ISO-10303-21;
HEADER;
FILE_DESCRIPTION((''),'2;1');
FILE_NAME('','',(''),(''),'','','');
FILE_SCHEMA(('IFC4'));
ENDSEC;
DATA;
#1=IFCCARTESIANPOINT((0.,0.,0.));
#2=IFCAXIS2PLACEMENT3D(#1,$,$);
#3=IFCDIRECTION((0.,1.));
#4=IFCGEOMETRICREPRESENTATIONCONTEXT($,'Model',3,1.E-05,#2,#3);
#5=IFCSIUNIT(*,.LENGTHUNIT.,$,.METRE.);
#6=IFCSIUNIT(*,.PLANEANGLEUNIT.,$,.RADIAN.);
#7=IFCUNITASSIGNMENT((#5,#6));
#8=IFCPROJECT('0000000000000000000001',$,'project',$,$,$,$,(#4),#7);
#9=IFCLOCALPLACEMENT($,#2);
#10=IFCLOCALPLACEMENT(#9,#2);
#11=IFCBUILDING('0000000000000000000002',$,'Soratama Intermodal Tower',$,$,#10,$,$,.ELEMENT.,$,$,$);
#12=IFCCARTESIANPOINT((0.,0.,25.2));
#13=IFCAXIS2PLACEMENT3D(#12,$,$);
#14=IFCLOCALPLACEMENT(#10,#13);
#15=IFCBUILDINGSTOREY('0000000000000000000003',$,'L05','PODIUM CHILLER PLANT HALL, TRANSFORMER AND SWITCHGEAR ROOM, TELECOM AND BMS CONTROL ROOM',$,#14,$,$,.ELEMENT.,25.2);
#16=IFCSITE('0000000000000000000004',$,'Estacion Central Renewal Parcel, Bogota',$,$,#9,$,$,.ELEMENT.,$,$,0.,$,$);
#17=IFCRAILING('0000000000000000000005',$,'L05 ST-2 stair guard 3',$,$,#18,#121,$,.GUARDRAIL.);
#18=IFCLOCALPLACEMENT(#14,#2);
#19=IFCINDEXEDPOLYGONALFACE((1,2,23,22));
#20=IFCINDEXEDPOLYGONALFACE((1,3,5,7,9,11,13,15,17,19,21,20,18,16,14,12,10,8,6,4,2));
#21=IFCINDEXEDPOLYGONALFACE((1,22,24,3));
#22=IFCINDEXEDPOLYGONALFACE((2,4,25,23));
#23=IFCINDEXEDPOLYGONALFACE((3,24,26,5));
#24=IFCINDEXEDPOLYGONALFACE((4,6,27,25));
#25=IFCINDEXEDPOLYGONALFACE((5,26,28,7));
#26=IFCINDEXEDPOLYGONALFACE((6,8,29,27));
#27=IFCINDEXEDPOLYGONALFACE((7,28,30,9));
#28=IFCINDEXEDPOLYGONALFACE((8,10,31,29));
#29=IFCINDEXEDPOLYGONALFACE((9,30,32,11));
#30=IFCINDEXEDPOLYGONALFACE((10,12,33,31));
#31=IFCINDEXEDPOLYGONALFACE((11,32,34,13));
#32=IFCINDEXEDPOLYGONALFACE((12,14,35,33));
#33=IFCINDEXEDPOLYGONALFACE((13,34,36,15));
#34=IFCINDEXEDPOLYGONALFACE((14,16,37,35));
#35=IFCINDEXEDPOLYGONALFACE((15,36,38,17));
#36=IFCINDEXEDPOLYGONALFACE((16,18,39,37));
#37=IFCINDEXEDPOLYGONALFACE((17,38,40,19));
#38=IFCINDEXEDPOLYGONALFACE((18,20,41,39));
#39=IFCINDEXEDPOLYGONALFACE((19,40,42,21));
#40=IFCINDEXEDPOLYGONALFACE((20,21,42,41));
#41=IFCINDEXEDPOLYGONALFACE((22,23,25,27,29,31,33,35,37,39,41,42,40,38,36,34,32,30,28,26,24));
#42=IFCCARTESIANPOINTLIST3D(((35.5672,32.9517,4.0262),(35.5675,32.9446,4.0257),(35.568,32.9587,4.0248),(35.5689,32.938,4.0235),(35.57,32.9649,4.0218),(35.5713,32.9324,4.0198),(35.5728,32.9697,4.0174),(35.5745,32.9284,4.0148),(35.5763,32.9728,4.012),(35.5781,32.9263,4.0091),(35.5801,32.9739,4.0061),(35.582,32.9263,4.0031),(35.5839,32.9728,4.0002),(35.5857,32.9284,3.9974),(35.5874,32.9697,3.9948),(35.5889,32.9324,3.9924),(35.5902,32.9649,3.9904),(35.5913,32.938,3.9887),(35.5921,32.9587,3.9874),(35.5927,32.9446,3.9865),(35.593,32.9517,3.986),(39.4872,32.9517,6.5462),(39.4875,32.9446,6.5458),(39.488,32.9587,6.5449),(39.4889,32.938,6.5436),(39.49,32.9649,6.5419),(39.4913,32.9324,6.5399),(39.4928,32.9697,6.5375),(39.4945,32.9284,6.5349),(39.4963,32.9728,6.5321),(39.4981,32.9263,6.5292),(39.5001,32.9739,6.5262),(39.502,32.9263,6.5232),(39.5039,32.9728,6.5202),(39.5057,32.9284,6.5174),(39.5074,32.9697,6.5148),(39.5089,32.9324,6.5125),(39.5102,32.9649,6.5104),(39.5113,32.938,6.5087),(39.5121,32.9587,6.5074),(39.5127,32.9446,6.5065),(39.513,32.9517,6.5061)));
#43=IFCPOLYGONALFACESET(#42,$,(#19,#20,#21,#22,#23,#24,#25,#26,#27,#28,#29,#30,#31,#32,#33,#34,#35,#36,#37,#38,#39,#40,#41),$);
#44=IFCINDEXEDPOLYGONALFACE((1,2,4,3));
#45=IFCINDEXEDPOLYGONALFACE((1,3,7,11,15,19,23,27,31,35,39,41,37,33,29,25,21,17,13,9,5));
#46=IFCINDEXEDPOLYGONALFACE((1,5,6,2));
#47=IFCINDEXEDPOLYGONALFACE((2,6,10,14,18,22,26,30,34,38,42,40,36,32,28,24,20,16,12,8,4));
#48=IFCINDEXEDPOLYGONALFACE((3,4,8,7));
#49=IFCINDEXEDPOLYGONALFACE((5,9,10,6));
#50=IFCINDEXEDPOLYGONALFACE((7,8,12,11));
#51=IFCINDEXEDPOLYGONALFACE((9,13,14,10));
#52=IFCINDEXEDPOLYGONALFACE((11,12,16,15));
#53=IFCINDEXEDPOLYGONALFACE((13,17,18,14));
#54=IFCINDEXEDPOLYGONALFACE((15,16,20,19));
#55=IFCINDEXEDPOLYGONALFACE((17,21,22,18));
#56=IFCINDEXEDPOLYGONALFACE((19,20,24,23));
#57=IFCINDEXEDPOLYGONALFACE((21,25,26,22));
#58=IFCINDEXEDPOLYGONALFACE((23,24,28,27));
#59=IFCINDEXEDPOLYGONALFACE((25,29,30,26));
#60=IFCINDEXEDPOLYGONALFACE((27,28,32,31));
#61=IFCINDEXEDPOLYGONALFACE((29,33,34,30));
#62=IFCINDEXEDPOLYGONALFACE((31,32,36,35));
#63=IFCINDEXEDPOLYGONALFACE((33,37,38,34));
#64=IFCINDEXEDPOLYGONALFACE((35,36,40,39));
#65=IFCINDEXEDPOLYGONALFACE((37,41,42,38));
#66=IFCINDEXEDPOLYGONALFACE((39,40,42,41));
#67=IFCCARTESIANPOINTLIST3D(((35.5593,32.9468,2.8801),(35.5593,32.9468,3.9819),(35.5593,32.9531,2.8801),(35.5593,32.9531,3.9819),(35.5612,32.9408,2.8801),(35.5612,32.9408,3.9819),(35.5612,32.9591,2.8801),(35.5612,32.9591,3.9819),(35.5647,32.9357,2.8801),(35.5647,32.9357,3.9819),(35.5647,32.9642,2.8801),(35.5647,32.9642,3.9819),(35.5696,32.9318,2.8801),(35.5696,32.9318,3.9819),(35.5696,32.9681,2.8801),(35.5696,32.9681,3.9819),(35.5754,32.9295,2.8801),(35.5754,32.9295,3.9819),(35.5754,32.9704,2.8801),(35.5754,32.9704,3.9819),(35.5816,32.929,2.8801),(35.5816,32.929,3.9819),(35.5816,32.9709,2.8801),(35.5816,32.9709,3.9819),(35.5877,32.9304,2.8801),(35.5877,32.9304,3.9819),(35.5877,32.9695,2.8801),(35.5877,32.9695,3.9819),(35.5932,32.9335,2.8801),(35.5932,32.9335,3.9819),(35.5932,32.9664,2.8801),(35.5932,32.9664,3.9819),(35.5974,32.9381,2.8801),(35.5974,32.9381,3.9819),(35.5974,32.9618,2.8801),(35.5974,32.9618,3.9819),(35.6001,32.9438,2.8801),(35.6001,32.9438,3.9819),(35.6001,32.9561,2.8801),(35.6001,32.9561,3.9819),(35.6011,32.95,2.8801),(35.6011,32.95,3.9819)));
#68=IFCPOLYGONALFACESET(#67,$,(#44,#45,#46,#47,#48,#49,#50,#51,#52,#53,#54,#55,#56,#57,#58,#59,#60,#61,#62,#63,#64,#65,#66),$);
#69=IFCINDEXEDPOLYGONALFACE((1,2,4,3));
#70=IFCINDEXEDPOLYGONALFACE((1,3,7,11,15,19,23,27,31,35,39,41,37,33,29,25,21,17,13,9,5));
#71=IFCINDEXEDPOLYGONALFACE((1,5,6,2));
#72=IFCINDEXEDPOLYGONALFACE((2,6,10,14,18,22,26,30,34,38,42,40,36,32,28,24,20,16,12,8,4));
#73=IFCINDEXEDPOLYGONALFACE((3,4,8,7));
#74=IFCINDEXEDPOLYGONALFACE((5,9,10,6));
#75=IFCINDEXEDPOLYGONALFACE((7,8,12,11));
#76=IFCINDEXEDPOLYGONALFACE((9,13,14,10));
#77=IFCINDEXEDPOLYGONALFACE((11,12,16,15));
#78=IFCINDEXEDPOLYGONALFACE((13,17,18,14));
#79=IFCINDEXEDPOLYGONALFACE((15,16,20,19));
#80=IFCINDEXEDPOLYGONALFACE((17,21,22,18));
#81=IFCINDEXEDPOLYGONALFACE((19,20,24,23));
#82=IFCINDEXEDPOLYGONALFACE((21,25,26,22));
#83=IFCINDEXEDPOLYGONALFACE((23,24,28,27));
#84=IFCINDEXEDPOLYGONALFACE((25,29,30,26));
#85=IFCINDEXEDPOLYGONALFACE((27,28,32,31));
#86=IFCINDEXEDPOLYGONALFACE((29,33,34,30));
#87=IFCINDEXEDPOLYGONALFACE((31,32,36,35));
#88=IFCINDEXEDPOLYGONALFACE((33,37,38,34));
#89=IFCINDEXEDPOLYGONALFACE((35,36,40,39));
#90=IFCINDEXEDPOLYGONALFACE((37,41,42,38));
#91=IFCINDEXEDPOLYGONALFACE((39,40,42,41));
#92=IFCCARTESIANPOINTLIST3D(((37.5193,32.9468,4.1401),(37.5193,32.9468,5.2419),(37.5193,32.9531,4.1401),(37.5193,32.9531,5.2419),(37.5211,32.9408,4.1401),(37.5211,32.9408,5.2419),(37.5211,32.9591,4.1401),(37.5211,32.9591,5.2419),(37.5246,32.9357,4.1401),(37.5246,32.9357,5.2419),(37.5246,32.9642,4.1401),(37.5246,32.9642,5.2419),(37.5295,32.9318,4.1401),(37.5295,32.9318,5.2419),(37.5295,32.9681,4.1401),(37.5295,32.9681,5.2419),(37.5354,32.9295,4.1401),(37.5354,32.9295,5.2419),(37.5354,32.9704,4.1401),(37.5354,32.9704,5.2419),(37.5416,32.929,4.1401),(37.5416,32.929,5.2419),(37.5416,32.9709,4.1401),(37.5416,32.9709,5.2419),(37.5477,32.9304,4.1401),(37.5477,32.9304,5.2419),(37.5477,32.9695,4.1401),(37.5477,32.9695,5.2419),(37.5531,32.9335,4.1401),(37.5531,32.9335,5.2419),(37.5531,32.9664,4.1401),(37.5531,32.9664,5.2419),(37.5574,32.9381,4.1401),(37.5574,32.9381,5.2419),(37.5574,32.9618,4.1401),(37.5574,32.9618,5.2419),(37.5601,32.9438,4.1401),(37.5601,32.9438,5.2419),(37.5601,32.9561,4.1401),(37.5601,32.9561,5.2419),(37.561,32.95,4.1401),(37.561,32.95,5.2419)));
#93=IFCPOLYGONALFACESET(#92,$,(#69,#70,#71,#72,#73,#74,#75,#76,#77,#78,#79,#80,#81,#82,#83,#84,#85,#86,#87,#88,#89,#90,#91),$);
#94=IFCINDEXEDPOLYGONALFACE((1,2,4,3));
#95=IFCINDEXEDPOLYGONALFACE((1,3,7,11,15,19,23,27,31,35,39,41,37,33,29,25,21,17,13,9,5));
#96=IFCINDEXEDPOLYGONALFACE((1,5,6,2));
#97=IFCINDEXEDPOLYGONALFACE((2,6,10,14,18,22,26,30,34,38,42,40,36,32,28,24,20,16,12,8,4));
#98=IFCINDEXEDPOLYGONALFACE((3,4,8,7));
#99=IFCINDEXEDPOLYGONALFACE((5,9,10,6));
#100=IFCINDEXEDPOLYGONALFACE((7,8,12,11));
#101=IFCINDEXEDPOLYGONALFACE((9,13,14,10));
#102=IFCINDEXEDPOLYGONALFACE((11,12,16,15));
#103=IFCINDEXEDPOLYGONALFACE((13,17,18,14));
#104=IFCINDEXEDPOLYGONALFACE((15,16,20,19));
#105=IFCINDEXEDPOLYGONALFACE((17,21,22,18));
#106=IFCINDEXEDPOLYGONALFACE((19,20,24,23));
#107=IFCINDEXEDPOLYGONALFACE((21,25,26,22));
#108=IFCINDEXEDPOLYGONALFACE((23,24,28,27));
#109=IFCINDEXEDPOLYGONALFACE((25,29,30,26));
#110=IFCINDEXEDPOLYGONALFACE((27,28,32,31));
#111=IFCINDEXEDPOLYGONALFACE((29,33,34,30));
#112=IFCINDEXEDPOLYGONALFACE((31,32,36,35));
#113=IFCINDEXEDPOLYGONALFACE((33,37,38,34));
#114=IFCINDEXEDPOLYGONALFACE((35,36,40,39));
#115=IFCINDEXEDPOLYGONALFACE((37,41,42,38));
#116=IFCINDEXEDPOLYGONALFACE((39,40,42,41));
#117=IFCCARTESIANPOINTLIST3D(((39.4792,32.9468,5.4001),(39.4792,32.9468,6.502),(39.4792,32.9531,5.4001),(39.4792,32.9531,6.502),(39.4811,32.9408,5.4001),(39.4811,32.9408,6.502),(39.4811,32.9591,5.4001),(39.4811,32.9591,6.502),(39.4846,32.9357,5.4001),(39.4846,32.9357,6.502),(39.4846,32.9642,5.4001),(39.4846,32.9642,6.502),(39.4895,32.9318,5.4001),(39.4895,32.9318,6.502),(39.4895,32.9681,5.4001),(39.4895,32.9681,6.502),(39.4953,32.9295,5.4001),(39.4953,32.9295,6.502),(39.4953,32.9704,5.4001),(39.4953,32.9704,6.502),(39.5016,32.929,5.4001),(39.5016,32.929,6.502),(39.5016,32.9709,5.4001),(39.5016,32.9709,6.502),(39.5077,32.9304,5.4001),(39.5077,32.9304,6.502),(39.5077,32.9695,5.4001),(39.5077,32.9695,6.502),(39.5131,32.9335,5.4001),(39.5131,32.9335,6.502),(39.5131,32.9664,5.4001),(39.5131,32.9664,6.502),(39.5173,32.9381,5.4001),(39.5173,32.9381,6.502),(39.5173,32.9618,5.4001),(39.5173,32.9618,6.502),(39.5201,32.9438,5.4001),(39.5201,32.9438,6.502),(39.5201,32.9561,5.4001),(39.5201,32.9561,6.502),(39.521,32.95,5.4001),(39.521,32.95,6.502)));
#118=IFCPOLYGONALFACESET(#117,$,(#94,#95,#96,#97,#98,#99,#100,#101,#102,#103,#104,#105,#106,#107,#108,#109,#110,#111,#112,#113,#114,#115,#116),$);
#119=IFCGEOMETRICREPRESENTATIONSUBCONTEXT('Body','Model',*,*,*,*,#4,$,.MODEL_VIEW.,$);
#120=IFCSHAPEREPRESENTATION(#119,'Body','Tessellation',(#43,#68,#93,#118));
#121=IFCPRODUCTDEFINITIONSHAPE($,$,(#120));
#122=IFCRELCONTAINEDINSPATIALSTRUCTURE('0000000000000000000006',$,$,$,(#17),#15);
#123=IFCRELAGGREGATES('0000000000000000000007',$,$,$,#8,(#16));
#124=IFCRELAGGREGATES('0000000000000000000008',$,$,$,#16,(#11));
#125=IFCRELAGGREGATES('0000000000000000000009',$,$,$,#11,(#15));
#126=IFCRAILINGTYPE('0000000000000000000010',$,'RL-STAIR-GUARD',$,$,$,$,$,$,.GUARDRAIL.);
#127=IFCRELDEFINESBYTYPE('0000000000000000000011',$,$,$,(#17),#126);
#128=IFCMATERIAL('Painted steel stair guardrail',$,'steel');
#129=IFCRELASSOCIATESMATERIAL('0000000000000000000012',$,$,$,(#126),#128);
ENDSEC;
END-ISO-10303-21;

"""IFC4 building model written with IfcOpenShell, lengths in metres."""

from ifc_helpers import new_model, si_unit, direction, frame, origin, origin_2d, place, context, subcontext, project, spatial, circle, extrude, material, type_object, element, save


model = new_model("IFC4")

# Units and contexts
model_context = context("Model", 3, precision=1e-05, world=origin(), true_north=direction((0.0, 1.0)))
body_context = subcontext(model_context, "Body", "Model", "MODEL_VIEW")
ifc_project = project(units=[si_unit("LENGTHUNIT", "METRE"), si_unit("PLANEANGLEUNIT", "RADIAN")], contexts=[model_context])

# Site, building, storey
site_placement = place(None, origin())
site = spatial("IfcSite", under=ifc_project, at=site_placement, Name="Estacion Central Renewal Parcel, Bogota", CompositionType="ELEMENT", RefElevation=0.0)
building_placement = place(site_placement, origin())
building = spatial("IfcBuilding", under=site, at=building_placement, Name="Soratama Intermodal Tower", CompositionType="ELEMENT")
storey_placement = place(building_placement, frame((0.0, 0.0, 25.2)))
storey = spatial("IfcBuildingStorey", under=building, at=storey_placement, Name="L05", Description="PODIUM CHILLER PLANT HALL, TRANSFORMER AND SWITCHGEAR ROOM, TELECOM AND BMS CONTROL ROOM", CompositionType="ELEMENT", Elevation=25.2)

# Railing
ifc_material_1 = material(Name="Painted steel stair guardrail", Category="steel")
railing_type_1 = type_object("IfcRailingType", Name="RL-STAIR-GUARD", PredefinedType="GUARDRAIL", material=ifc_material_1)
railing_1_placement = place(storey_placement, frame((35.5801, 32.95, 2.8801)))
element("IfcRailing", 1, at=railing_1_placement, inside=storey, type_object=railing_type_1, Name="L05 ST-2 stair guard 3", PredefinedType="GUARDRAIL", context=body_context, shape_type="SweptSolid", body=[
    extrude(circle(Radius=0.0239, at=origin_2d()), frame((0.0, 0.0, 1.126), z_axis=(0.841172, 0.0, 0.540768), x_axis=(0.0, 1.0, 0.0)), (0.0, 0.0, 1.0), 4.6602),
    extrude(circle(Radius=0.021, at=origin_2d()), origin(), (0.0, 0.0, 1.0), 1.1018),
    extrude(circle(Radius=0.021, at=origin_2d()), frame((1.96, 0.0, 1.26)), (0.0, 0.0, 1.0), 1.1018),
    extrude(circle(Radius=0.021, at=origin_2d()), frame((3.9199, 0.0, 2.52)), (0.0, 0.0, 1.0), 1.1018),
])

save(model, "model.ifc")
